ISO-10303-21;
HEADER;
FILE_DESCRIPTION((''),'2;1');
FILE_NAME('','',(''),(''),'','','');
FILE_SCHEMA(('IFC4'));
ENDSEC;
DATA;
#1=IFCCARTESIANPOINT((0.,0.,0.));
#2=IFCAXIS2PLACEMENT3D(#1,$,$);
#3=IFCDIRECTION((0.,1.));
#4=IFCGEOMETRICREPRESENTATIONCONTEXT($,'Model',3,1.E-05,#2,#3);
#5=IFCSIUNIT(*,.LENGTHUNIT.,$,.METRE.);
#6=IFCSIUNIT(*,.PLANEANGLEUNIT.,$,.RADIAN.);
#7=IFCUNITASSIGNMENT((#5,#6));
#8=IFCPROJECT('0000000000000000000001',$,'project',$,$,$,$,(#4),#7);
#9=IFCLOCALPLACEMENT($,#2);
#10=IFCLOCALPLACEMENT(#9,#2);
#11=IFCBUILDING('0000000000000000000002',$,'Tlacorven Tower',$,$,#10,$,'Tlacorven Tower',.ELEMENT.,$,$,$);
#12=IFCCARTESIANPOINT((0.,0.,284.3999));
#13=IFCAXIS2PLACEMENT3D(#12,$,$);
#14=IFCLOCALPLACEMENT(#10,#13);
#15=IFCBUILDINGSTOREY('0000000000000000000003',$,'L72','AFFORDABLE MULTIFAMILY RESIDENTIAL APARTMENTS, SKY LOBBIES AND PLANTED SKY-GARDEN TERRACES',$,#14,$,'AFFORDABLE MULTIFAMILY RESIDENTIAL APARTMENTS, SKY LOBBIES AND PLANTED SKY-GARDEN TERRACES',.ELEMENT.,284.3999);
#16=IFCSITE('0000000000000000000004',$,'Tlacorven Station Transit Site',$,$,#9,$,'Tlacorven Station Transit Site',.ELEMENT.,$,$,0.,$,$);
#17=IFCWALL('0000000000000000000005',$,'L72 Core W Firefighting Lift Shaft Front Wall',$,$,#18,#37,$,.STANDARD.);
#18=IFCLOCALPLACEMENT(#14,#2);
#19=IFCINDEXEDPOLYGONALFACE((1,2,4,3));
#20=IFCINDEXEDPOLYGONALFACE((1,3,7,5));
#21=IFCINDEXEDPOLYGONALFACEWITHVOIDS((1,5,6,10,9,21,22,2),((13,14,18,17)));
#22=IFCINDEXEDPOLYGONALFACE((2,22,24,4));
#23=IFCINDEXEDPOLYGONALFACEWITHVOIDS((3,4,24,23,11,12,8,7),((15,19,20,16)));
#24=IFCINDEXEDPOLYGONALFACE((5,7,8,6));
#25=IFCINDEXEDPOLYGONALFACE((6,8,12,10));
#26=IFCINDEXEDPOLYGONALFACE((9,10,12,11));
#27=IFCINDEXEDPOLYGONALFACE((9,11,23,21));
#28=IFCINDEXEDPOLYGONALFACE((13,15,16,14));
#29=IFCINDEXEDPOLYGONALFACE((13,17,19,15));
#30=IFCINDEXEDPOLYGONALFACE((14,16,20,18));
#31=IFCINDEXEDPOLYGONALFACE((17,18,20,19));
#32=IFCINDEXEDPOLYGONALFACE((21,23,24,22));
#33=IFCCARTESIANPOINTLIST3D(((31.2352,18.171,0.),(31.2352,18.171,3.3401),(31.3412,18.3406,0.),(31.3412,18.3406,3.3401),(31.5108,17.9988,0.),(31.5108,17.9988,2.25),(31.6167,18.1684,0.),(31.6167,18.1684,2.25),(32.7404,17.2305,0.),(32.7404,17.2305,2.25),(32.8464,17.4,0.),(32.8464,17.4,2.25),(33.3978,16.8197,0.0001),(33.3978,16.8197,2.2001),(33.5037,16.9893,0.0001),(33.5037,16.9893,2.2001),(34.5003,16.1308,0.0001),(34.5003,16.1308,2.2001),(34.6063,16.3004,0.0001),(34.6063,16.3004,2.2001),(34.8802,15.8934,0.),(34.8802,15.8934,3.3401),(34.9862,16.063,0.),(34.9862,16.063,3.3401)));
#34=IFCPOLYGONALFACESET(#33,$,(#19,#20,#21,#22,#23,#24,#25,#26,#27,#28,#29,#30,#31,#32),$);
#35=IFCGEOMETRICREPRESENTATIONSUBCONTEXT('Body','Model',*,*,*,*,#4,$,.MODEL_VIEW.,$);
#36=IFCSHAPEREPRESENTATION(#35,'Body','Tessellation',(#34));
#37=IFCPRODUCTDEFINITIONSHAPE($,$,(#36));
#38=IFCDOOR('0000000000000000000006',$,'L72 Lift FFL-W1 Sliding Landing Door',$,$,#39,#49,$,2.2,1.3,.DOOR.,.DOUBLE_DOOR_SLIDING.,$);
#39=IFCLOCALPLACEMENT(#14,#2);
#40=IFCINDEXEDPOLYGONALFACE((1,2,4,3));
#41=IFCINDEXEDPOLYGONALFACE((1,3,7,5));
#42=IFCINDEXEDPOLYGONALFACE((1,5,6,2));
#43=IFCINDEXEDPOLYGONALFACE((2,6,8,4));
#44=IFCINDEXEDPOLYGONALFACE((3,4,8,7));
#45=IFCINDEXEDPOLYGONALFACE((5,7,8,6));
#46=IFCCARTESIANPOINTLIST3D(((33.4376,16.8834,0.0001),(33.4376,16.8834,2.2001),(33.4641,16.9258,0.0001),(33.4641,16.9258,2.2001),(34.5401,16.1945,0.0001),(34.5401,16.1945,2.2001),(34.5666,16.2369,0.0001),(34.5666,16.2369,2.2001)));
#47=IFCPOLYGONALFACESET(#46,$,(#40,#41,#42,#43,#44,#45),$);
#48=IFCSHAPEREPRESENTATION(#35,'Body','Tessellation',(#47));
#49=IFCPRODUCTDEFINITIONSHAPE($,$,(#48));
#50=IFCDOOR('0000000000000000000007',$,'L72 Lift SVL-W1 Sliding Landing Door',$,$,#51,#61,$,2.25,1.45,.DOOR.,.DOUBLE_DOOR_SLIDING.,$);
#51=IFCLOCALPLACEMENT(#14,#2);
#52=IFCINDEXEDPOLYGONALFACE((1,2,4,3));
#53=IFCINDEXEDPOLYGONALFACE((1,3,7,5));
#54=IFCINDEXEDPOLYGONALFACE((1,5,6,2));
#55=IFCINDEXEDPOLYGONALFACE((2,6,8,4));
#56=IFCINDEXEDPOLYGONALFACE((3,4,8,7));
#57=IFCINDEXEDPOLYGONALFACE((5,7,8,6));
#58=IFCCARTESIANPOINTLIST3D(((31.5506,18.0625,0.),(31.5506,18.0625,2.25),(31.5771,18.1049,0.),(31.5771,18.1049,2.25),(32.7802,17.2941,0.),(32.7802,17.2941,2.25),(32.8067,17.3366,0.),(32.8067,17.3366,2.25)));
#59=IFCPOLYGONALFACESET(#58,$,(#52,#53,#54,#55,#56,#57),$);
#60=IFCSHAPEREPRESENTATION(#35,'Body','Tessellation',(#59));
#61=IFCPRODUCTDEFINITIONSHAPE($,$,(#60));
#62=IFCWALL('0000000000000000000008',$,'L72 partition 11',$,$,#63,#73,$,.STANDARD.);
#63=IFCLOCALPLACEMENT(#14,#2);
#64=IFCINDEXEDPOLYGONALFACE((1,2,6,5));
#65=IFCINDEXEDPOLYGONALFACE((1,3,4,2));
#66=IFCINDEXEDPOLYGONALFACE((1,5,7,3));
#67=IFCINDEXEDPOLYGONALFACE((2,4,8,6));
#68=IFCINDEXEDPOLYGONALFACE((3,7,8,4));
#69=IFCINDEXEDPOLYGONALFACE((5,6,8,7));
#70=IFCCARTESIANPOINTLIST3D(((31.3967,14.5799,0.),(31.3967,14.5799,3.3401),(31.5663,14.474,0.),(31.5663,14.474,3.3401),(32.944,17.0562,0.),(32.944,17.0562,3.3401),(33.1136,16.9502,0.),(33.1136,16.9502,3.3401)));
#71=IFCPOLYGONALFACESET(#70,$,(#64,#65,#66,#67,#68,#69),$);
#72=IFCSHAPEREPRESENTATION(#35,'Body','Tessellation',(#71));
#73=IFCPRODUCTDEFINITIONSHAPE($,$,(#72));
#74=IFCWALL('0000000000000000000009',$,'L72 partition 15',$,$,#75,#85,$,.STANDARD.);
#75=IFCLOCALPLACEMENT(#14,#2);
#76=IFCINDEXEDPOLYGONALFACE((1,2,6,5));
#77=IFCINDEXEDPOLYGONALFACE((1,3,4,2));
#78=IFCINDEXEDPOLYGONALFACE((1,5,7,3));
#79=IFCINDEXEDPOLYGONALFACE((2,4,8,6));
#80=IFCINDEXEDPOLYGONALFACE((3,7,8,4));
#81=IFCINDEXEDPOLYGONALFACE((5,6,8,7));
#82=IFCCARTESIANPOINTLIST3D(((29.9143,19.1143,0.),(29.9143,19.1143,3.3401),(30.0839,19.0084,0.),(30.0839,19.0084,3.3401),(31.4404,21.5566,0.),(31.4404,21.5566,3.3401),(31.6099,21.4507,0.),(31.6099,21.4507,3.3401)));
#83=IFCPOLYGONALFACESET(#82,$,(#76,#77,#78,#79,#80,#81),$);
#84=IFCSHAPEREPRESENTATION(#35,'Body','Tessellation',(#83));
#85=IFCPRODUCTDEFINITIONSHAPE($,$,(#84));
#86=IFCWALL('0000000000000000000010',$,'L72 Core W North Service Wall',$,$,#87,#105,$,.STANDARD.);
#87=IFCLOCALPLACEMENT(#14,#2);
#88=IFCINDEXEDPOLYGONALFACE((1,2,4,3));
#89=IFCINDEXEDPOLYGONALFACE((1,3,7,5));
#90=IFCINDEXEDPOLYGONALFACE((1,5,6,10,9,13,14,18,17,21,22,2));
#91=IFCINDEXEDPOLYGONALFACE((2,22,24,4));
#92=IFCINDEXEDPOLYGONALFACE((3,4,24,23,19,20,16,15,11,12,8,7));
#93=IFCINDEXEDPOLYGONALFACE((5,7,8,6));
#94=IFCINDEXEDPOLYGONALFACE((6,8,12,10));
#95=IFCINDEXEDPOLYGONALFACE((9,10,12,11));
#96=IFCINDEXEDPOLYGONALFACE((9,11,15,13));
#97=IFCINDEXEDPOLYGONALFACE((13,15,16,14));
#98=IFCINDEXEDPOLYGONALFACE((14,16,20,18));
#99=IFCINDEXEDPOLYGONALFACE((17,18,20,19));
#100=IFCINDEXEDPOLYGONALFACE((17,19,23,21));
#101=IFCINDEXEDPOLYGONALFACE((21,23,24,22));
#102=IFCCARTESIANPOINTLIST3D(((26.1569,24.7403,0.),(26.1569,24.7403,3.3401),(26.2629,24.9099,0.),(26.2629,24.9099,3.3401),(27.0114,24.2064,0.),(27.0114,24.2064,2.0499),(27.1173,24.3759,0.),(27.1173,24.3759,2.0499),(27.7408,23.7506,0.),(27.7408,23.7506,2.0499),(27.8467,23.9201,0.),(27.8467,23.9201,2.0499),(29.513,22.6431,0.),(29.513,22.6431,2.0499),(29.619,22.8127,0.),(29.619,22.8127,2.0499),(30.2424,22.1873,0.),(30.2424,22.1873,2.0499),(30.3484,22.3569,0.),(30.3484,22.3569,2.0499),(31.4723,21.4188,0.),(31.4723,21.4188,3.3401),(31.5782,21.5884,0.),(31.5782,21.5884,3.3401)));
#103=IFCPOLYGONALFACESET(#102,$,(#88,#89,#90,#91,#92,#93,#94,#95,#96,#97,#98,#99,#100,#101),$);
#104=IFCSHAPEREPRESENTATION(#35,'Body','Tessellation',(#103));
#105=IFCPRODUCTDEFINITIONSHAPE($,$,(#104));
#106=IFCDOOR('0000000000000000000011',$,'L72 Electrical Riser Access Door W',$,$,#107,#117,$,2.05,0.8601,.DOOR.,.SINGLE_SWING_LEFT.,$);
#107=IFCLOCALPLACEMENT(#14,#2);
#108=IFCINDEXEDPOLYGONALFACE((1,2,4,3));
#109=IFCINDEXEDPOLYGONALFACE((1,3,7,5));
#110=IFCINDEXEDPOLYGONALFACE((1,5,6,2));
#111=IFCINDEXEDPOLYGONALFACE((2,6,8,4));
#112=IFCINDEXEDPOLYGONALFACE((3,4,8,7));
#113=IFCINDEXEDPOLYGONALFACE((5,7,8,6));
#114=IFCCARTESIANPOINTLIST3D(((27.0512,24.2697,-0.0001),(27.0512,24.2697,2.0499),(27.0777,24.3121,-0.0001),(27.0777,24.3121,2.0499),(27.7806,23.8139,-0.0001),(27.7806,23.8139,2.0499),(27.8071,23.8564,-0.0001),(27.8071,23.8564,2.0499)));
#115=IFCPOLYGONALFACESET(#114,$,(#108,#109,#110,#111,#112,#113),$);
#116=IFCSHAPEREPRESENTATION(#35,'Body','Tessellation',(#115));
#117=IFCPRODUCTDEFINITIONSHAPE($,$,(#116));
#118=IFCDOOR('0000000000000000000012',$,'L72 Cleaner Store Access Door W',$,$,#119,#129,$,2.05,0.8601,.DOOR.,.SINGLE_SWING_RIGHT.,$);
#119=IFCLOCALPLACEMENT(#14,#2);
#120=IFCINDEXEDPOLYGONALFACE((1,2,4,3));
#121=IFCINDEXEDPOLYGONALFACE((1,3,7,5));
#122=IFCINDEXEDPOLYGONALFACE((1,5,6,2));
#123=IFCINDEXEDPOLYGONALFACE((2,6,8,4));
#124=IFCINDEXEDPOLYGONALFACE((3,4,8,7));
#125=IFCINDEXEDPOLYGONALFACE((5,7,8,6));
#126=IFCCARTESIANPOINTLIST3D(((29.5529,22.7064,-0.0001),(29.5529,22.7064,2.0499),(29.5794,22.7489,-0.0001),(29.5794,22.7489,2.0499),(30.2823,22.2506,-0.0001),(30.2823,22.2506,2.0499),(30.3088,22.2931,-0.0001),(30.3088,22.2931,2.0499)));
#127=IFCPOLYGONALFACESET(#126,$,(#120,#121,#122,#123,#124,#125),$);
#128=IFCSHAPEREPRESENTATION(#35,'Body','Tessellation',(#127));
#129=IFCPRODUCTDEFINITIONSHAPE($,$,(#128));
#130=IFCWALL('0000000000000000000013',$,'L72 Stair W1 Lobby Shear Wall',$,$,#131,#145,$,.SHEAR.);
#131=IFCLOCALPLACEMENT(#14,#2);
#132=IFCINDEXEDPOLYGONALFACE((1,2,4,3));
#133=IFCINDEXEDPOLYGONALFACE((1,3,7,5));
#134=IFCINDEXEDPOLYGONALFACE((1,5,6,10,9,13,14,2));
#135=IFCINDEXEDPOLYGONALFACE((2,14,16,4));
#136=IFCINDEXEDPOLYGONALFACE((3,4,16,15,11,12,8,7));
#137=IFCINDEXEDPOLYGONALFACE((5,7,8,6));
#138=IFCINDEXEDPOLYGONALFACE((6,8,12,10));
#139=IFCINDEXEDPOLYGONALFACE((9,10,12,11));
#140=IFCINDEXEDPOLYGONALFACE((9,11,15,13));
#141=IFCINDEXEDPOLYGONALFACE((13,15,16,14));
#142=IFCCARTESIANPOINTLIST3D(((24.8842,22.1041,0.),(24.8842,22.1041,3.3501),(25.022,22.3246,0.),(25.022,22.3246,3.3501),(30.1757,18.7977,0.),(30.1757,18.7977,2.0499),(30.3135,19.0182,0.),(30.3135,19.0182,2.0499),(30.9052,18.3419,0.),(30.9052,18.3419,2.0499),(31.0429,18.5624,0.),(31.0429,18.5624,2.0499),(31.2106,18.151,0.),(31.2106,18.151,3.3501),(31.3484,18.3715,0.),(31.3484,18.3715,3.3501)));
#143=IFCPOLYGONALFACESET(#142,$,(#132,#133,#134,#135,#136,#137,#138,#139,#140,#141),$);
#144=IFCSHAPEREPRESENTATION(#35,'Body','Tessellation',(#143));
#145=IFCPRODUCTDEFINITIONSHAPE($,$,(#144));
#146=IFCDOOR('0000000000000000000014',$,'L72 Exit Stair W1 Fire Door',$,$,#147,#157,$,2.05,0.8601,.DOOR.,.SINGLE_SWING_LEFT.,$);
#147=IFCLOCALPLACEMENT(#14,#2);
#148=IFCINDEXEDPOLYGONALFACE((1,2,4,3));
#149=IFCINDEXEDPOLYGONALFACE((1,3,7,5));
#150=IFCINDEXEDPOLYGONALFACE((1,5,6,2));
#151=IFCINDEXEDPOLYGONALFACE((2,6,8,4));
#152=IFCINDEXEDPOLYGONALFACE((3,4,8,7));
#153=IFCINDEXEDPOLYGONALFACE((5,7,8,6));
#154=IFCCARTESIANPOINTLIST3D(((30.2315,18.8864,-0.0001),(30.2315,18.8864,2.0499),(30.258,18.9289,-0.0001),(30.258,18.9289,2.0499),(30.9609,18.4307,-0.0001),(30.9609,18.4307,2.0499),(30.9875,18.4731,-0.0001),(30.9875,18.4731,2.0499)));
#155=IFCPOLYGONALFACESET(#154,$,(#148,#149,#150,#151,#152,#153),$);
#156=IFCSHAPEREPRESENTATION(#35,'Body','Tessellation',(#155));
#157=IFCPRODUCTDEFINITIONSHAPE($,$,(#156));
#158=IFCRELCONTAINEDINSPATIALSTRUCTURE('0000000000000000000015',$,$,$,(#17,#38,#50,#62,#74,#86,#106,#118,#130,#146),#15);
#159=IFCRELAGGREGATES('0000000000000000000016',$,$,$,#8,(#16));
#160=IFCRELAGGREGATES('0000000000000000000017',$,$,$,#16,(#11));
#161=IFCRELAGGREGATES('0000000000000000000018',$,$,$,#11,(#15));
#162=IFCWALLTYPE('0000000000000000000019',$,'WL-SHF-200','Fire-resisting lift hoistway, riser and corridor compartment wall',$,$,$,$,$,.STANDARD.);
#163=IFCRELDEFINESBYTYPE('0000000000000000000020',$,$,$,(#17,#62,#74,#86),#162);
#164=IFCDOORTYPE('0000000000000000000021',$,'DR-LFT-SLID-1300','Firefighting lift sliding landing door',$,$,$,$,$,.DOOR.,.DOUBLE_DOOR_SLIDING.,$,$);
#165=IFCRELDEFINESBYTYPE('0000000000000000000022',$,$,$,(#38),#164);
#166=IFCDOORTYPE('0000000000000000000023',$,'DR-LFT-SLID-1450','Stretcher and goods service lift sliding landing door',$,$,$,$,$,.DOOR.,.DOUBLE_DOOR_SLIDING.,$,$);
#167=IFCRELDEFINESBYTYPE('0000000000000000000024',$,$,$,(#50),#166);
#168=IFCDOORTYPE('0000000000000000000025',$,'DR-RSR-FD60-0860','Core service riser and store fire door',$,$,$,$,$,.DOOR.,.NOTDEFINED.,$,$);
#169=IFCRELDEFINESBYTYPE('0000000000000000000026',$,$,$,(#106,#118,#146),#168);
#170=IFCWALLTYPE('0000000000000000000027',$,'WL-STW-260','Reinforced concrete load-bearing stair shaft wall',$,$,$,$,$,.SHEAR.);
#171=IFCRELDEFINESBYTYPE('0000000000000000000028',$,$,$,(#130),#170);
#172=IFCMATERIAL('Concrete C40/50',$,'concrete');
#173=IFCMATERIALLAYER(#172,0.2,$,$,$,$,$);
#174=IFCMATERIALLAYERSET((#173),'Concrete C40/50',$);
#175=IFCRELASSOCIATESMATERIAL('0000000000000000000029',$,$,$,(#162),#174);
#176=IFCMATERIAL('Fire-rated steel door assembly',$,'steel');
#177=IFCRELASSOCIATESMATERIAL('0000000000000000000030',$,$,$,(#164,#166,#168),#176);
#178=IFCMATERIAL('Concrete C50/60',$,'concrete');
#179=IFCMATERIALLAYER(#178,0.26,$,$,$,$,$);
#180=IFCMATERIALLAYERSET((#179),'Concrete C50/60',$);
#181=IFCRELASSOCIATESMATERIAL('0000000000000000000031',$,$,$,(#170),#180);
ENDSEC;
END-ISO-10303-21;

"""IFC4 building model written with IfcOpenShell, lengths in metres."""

from ifc_helpers import new_model, si_unit, direction, frame, frame_2d, origin, place, context, subcontext, project, spatial, rectangle, extrude, source, transform, mapped, material, layer, layer_set, type_object, element, fill, save


model = new_model("IFC4")

# Units and contexts
model_context = context("Model", 3, precision=1e-05, world=origin(), true_north=direction((0.0, 1.0)))
body_context = subcontext(model_context, "Body", "Model", "MODEL_VIEW")
ifc_project = project(units=[si_unit("LENGTHUNIT", "METRE"), si_unit("PLANEANGLEUNIT", "RADIAN")], contexts=[model_context])

# Site, building, storey
site_placement = place(None, origin())
site = spatial("IfcSite", under=ifc_project, at=site_placement, Name="Tlacorven Station Transit Site", LongName="Tlacorven Station Transit Site", CompositionType="ELEMENT", RefElevation=0.0)
building_placement = place(site_placement, origin())
building = spatial("IfcBuilding", under=site, at=building_placement, Name="Tlacorven Tower", LongName="Tlacorven Tower", CompositionType="ELEMENT")
storey_placement = place(building_placement, frame((0.0, 0.0, 284.3999)))
storey = spatial("IfcBuildingStorey", under=building, at=storey_placement, Name="L72", Description="AFFORDABLE MULTIFAMILY RESIDENTIAL APARTMENTS, SKY LOBBIES AND PLANTED SKY-GARDEN TERRACES", LongName="AFFORDABLE MULTIFAMILY RESIDENTIAL APARTMENTS, SKY LOBBIES AND PLANTED SKY-GARDEN TERRACES", CompositionType="ELEMENT", Elevation=284.3999)

# Shared definitions
ifc_material_1 = material(Name="Concrete C50/60", Category="concrete")

# Shared definitions
ifc_material_2 = material(Name="Fire-rated steel door assembly", Category="steel")

# Wall, openings, doors
ifc_material_3 = material(Name="Concrete C40/50", Category="concrete")
ifc_layer_1 = layer(ifc_material_3, 0.2)
ifc_layer_set_1 = layer_set([ifc_layer_1], Name="Concrete C40/50")
wall_type_1 = type_object("IfcWallType", Name="WL-SHF-200", Description="Fire-resisting lift hoistway, riser and corridor compartment wall", PredefinedType="STANDARD", material=ifc_layer_set_1)
wall_1_placement = place(storey_placement, frame((34.9331, 15.9783, 0.0), z_axis=(0.0, 0.0, 1.0), x_axis=(-0.848056, 0.529907, 0.0)))
wall_1 = element("IfcWall", 1, at=wall_1_placement, inside=storey, type_object=wall_type_1, Name="L72 Core W Firefighting Lift Shaft Front Wall", PredefinedType="STANDARD", context=body_context, shape_type="SweptSolid", body=[
    extrude(rectangle(XDim=4.2981, YDim=0.2, at=frame_2d((2.1489, 0.0))), origin(), (0.0, 0.0, 1.0), 3.3401),
])
opening_1_placement = place(wall_1_placement, frame((0.448, 0.0, 0.0)))
opening_1 = element("IfcOpeningElement", 2, at=opening_1_placement, cuts=wall_1, PredefinedType="OPENING", context=body_context, shape_type="SweptSolid", body=[
    extrude(rectangle(XDim=1.3, YDim=2.2, at=frame_2d((0.6499, 1.1001))), frame((0.0, 0.1099, 0.0), z_axis=(0.0, -1.0, 0.0), x_axis=(1.0, 0.0, 0.0)), (0.0, 0.0, 1.0), 0.22),
])
opening_2_placement = place(wall_1_placement, frame((2.5229, 0.0, 0.0)))
opening_2 = element("IfcOpeningElement", 3, at=opening_2_placement, cuts=wall_1, PredefinedType="OPENING", context=body_context, shape_type="SweptSolid", body=[
    extrude(rectangle(XDim=1.45, YDim=2.25, at=frame_2d((0.7251, 1.125))), frame((0.0, 0.1099, 0.0), z_axis=(0.0, -1.0, 0.0), x_axis=(1.0, 0.0, 0.0)), (0.0, 0.0, 1.0), 0.22),
])
door_type_1 = type_object("IfcDoorType", Name="DR-LFT-SLID-1300", Description="Firefighting lift sliding landing door", OperationType="DOUBLE_DOOR_SLIDING", PredefinedType="DOOR", material=ifc_material_2)
shared_shape_1 = source(origin(), body_context, "Body", "SweptSolid", [
    extrude(rectangle(XDim=1.3, YDim=2.2, at=frame_2d((0.6499, 1.1001))), frame((0.0, 0.0249, 0.0), z_axis=(0.0, -1.0, 0.0), x_axis=(1.0, 0.0, 0.0)), (0.0, 0.0, 1.0), 0.05),
])
door_1_placement = place(opening_1_placement, origin())
door_1 = element("IfcDoor", 4, at=door_1_placement, inside=storey, type_object=door_type_1, Name="L72 Lift FFL-W1 Sliding Landing Door", OperationType="DOUBLE_DOOR_SLIDING", OverallHeight=2.2, OverallWidth=1.3, PredefinedType="DOOR", context=body_context, shape_type="MappedRepresentation", body=[
    mapped(shared_shape_1, transform((0.0, 0.0, 0.0), scale=1.0)),
])
fill(opening_1, door_1)
door_type_2 = type_object("IfcDoorType", Name="DR-LFT-SLID-1450", Description="Stretcher and goods service lift sliding landing door", OperationType="DOUBLE_DOOR_SLIDING", PredefinedType="DOOR", material=ifc_material_2)
shared_shape_2 = source(origin(), body_context, "Body", "SweptSolid", [
    extrude(rectangle(XDim=1.45, YDim=2.25, at=frame_2d((0.7251, 1.125))), frame((0.0, 0.0249, 0.0), z_axis=(0.0, -1.0, 0.0), x_axis=(1.0, 0.0, 0.0)), (0.0, 0.0, 1.0), 0.05),
])
door_2_placement = place(opening_2_placement, origin())
door_2 = element("IfcDoor", 5, at=door_2_placement, inside=storey, type_object=door_type_2, Name="L72 Lift SVL-W1 Sliding Landing Door", OperationType="DOUBLE_DOOR_SLIDING", OverallHeight=2.25, OverallWidth=1.45, PredefinedType="DOOR", context=body_context, shape_type="MappedRepresentation", body=[
    mapped(shared_shape_2, transform((0.0, 0.0, 0.0), scale=1.0)),
])
fill(opening_2, door_2)

# Walls
wall_2_placement = place(storey_placement, frame((33.0288, 17.0032, 0.0), z_axis=(0.0, 0.0, 1.0), x_axis=(-0.529916, -0.84805, 0.0)))
element("IfcWall", 6, at=wall_2_placement, inside=storey, type_object=wall_type_1, Name="L72 partition 11", PredefinedType="STANDARD", context=body_context, shape_type="SweptSolid", body=[
    extrude(rectangle(XDim=2.9199, YDim=0.2, at=frame_2d((1.46, 0.0))), origin(), (0.0, 0.0, 1.0), 3.3401),
])
wall_3_placement = place(storey_placement, frame((31.5251, 21.5037, 0.0), z_axis=(0.0, 0.0, 1.0), x_axis=(-0.529907, -0.848055, 0.0)))
element("IfcWall", 7, at=wall_3_placement, inside=storey, type_object=wall_type_1, Name="L72 partition 15", PredefinedType="STANDARD", context=body_context, shape_type="SweptSolid", body=[
    extrude(rectangle(XDim=2.8799, YDim=0.2, at=frame_2d((1.4399, 0.0))), origin(), (0.0, 0.0, 1.0), 3.3401),
])

# Wall, openings, doors
wall_4_placement = place(storey_placement, frame((31.5251, 21.5037, 0.0), z_axis=(0.0, 0.0, 1.0), x_axis=(-0.848042, 0.529929, 0.0)))
wall_4 = element("IfcWall", 8, at=wall_4_placement, inside=storey, type_object=wall_type_1, Name="L72 Core W North Service Wall", PredefinedType="STANDARD", context=body_context, shape_type="SweptSolid", body=[
    extrude(rectangle(XDim=6.2678, YDim=0.2, at=frame_2d((3.1338, 0.0))), origin(), (0.0, 0.0, 1.0), 3.3401),
])
opening_3_placement = place(wall_4_placement, frame((4.3999, 0.0, 0.0)))
opening_3 = element("IfcOpeningElement", 9, at=opening_3_placement, cuts=wall_4, PredefinedType="OPENING", context=body_context, shape_type="SweptSolid", body=[
    extrude(rectangle(XDim=0.8601, YDim=2.05, at=frame_2d((0.4302, 1.0249))), frame((0.0, 0.1099, 0.0), z_axis=(0.0, -1.0, 0.0), x_axis=(1.0, 0.0, 0.0)), (0.0, 0.0, 1.0), 0.22),
])
opening_4_placement = place(wall_4_placement, frame((1.45, 0.0, 0.0)))
opening_4 = element("IfcOpeningElement", 10, at=opening_4_placement, cuts=wall_4, PredefinedType="OPENING", context=body_context, shape_type="SweptSolid", body=[
    extrude(rectangle(XDim=0.8601, YDim=2.05, at=frame_2d((0.4302, 1.0249))), frame((0.0, 0.1099, 0.0), z_axis=(0.0, -1.0, 0.0), x_axis=(1.0, 0.0, 0.0)), (0.0, 0.0, 1.0), 0.22),
])
door_type_3 = type_object("IfcDoorType", Name="DR-RSR-FD60-0860", Description="Core service riser and store fire door", OperationType="NOTDEFINED", PredefinedType="DOOR", material=ifc_material_2)
shared_shape_3 = source(origin(), body_context, "Body", "SweptSolid", [
    extrude(rectangle(XDim=0.8601, YDim=2.05, at=frame_2d((0.4302, 1.0249))), frame((0.0, 0.0249, 0.0), z_axis=(0.0, -1.0, 0.0), x_axis=(1.0, 0.0, 0.0)), (0.0, 0.0, 1.0), 0.05),
])
door_3_placement = place(opening_3_placement, frame((0.8601, 0.0, 0.0), z_axis=(0.0, 0.0, 1.0), x_axis=(-1.0, 0.0, 0.0)))
door_3 = element("IfcDoor", 11, at=door_3_placement, inside=storey, type_object=door_type_3, Name="L72 Electrical Riser Access Door W", OperationType="SINGLE_SWING_LEFT", OverallHeight=2.05, OverallWidth=0.8601, PredefinedType="DOOR", context=body_context, shape_type="MappedRepresentation", body=[
    mapped(shared_shape_3, transform((0.0, 0.0, 0.0), scale=1.0)),
])
fill(opening_3, door_3)
door_4_placement = place(opening_4_placement, frame((0.8601, 0.0, 0.0), z_axis=(0.0, 0.0, 1.0), x_axis=(-1.0, 0.0, 0.0)))
door_4 = element("IfcDoor", 12, at=door_4_placement, inside=storey, type_object=door_type_3, Name="L72 Cleaner Store Access Door W", OperationType="SINGLE_SWING_RIGHT", OverallHeight=2.05, OverallWidth=0.8601, PredefinedType="DOOR", context=body_context, shape_type="MappedRepresentation", body=[
    mapped(shared_shape_3, transform((0.0, 0.0, 0.0), scale=1.0)),
])
fill(opening_4, door_4)

# Wall, opening, door
ifc_layer_2 = layer(ifc_material_1, 0.26)
ifc_layer_set_2 = layer_set([ifc_layer_2], Name="Concrete C50/60")
wall_type_2 = type_object("IfcWallType", Name="WL-STW-260", Description="Reinforced concrete load-bearing stair shaft wall", PredefinedType="SHEAR", material=ifc_layer_set_2)
wall_5_placement = place(storey_placement, frame((31.2795, 18.2612, 0.0), z_axis=(0.0, 0.0, 1.0), x_axis=(-0.848052, 0.529914, 0.0)))
wall_5 = element("IfcWall", 13, at=wall_5_placement, inside=storey, type_object=wall_type_2, Name="L72 Stair W1 Lobby Shear Wall", PredefinedType="SHEAR", context=body_context, shape_type="SweptSolid", body=[
    extrude(rectangle(XDim=7.46, YDim=0.26, at=frame_2d((3.73, 0.0))), origin(), (0.0, 0.0, 1.0), 3.3501),
])
opening_5_placement = place(wall_5_placement, frame((0.3601, 0.0, 0.0)))
opening_5 = element("IfcOpeningElement", 14, at=opening_5_placement, cuts=wall_5, PredefinedType="OPENING", context=body_context, shape_type="SweptSolid", body=[
    extrude(rectangle(XDim=0.8601, YDim=2.05, at=frame_2d((0.4302, 1.0249))), frame((0.0, 0.1401, 0.0), z_axis=(0.0, -1.0, 0.0), x_axis=(1.0, 0.0, 0.0)), (0.0, 0.0, 1.0), 0.28),
])
door_5_placement = place(opening_5_placement, frame((0.8601, 0.0, 0.0), z_axis=(0.0, 0.0, 1.0), x_axis=(-1.0, 0.0, 0.0)))
door_5 = element("IfcDoor", 15, at=door_5_placement, inside=storey, type_object=door_type_3, Name="L72 Exit Stair W1 Fire Door", OperationType="SINGLE_SWING_LEFT", OverallHeight=2.05, OverallWidth=0.8601, PredefinedType="DOOR", context=body_context, shape_type="MappedRepresentation", body=[
    mapped(shared_shape_3, transform((0.0, 0.0, 0.0), scale=1.0)),
])
fill(opening_5, door_5)

save(model, "model.ifc")
